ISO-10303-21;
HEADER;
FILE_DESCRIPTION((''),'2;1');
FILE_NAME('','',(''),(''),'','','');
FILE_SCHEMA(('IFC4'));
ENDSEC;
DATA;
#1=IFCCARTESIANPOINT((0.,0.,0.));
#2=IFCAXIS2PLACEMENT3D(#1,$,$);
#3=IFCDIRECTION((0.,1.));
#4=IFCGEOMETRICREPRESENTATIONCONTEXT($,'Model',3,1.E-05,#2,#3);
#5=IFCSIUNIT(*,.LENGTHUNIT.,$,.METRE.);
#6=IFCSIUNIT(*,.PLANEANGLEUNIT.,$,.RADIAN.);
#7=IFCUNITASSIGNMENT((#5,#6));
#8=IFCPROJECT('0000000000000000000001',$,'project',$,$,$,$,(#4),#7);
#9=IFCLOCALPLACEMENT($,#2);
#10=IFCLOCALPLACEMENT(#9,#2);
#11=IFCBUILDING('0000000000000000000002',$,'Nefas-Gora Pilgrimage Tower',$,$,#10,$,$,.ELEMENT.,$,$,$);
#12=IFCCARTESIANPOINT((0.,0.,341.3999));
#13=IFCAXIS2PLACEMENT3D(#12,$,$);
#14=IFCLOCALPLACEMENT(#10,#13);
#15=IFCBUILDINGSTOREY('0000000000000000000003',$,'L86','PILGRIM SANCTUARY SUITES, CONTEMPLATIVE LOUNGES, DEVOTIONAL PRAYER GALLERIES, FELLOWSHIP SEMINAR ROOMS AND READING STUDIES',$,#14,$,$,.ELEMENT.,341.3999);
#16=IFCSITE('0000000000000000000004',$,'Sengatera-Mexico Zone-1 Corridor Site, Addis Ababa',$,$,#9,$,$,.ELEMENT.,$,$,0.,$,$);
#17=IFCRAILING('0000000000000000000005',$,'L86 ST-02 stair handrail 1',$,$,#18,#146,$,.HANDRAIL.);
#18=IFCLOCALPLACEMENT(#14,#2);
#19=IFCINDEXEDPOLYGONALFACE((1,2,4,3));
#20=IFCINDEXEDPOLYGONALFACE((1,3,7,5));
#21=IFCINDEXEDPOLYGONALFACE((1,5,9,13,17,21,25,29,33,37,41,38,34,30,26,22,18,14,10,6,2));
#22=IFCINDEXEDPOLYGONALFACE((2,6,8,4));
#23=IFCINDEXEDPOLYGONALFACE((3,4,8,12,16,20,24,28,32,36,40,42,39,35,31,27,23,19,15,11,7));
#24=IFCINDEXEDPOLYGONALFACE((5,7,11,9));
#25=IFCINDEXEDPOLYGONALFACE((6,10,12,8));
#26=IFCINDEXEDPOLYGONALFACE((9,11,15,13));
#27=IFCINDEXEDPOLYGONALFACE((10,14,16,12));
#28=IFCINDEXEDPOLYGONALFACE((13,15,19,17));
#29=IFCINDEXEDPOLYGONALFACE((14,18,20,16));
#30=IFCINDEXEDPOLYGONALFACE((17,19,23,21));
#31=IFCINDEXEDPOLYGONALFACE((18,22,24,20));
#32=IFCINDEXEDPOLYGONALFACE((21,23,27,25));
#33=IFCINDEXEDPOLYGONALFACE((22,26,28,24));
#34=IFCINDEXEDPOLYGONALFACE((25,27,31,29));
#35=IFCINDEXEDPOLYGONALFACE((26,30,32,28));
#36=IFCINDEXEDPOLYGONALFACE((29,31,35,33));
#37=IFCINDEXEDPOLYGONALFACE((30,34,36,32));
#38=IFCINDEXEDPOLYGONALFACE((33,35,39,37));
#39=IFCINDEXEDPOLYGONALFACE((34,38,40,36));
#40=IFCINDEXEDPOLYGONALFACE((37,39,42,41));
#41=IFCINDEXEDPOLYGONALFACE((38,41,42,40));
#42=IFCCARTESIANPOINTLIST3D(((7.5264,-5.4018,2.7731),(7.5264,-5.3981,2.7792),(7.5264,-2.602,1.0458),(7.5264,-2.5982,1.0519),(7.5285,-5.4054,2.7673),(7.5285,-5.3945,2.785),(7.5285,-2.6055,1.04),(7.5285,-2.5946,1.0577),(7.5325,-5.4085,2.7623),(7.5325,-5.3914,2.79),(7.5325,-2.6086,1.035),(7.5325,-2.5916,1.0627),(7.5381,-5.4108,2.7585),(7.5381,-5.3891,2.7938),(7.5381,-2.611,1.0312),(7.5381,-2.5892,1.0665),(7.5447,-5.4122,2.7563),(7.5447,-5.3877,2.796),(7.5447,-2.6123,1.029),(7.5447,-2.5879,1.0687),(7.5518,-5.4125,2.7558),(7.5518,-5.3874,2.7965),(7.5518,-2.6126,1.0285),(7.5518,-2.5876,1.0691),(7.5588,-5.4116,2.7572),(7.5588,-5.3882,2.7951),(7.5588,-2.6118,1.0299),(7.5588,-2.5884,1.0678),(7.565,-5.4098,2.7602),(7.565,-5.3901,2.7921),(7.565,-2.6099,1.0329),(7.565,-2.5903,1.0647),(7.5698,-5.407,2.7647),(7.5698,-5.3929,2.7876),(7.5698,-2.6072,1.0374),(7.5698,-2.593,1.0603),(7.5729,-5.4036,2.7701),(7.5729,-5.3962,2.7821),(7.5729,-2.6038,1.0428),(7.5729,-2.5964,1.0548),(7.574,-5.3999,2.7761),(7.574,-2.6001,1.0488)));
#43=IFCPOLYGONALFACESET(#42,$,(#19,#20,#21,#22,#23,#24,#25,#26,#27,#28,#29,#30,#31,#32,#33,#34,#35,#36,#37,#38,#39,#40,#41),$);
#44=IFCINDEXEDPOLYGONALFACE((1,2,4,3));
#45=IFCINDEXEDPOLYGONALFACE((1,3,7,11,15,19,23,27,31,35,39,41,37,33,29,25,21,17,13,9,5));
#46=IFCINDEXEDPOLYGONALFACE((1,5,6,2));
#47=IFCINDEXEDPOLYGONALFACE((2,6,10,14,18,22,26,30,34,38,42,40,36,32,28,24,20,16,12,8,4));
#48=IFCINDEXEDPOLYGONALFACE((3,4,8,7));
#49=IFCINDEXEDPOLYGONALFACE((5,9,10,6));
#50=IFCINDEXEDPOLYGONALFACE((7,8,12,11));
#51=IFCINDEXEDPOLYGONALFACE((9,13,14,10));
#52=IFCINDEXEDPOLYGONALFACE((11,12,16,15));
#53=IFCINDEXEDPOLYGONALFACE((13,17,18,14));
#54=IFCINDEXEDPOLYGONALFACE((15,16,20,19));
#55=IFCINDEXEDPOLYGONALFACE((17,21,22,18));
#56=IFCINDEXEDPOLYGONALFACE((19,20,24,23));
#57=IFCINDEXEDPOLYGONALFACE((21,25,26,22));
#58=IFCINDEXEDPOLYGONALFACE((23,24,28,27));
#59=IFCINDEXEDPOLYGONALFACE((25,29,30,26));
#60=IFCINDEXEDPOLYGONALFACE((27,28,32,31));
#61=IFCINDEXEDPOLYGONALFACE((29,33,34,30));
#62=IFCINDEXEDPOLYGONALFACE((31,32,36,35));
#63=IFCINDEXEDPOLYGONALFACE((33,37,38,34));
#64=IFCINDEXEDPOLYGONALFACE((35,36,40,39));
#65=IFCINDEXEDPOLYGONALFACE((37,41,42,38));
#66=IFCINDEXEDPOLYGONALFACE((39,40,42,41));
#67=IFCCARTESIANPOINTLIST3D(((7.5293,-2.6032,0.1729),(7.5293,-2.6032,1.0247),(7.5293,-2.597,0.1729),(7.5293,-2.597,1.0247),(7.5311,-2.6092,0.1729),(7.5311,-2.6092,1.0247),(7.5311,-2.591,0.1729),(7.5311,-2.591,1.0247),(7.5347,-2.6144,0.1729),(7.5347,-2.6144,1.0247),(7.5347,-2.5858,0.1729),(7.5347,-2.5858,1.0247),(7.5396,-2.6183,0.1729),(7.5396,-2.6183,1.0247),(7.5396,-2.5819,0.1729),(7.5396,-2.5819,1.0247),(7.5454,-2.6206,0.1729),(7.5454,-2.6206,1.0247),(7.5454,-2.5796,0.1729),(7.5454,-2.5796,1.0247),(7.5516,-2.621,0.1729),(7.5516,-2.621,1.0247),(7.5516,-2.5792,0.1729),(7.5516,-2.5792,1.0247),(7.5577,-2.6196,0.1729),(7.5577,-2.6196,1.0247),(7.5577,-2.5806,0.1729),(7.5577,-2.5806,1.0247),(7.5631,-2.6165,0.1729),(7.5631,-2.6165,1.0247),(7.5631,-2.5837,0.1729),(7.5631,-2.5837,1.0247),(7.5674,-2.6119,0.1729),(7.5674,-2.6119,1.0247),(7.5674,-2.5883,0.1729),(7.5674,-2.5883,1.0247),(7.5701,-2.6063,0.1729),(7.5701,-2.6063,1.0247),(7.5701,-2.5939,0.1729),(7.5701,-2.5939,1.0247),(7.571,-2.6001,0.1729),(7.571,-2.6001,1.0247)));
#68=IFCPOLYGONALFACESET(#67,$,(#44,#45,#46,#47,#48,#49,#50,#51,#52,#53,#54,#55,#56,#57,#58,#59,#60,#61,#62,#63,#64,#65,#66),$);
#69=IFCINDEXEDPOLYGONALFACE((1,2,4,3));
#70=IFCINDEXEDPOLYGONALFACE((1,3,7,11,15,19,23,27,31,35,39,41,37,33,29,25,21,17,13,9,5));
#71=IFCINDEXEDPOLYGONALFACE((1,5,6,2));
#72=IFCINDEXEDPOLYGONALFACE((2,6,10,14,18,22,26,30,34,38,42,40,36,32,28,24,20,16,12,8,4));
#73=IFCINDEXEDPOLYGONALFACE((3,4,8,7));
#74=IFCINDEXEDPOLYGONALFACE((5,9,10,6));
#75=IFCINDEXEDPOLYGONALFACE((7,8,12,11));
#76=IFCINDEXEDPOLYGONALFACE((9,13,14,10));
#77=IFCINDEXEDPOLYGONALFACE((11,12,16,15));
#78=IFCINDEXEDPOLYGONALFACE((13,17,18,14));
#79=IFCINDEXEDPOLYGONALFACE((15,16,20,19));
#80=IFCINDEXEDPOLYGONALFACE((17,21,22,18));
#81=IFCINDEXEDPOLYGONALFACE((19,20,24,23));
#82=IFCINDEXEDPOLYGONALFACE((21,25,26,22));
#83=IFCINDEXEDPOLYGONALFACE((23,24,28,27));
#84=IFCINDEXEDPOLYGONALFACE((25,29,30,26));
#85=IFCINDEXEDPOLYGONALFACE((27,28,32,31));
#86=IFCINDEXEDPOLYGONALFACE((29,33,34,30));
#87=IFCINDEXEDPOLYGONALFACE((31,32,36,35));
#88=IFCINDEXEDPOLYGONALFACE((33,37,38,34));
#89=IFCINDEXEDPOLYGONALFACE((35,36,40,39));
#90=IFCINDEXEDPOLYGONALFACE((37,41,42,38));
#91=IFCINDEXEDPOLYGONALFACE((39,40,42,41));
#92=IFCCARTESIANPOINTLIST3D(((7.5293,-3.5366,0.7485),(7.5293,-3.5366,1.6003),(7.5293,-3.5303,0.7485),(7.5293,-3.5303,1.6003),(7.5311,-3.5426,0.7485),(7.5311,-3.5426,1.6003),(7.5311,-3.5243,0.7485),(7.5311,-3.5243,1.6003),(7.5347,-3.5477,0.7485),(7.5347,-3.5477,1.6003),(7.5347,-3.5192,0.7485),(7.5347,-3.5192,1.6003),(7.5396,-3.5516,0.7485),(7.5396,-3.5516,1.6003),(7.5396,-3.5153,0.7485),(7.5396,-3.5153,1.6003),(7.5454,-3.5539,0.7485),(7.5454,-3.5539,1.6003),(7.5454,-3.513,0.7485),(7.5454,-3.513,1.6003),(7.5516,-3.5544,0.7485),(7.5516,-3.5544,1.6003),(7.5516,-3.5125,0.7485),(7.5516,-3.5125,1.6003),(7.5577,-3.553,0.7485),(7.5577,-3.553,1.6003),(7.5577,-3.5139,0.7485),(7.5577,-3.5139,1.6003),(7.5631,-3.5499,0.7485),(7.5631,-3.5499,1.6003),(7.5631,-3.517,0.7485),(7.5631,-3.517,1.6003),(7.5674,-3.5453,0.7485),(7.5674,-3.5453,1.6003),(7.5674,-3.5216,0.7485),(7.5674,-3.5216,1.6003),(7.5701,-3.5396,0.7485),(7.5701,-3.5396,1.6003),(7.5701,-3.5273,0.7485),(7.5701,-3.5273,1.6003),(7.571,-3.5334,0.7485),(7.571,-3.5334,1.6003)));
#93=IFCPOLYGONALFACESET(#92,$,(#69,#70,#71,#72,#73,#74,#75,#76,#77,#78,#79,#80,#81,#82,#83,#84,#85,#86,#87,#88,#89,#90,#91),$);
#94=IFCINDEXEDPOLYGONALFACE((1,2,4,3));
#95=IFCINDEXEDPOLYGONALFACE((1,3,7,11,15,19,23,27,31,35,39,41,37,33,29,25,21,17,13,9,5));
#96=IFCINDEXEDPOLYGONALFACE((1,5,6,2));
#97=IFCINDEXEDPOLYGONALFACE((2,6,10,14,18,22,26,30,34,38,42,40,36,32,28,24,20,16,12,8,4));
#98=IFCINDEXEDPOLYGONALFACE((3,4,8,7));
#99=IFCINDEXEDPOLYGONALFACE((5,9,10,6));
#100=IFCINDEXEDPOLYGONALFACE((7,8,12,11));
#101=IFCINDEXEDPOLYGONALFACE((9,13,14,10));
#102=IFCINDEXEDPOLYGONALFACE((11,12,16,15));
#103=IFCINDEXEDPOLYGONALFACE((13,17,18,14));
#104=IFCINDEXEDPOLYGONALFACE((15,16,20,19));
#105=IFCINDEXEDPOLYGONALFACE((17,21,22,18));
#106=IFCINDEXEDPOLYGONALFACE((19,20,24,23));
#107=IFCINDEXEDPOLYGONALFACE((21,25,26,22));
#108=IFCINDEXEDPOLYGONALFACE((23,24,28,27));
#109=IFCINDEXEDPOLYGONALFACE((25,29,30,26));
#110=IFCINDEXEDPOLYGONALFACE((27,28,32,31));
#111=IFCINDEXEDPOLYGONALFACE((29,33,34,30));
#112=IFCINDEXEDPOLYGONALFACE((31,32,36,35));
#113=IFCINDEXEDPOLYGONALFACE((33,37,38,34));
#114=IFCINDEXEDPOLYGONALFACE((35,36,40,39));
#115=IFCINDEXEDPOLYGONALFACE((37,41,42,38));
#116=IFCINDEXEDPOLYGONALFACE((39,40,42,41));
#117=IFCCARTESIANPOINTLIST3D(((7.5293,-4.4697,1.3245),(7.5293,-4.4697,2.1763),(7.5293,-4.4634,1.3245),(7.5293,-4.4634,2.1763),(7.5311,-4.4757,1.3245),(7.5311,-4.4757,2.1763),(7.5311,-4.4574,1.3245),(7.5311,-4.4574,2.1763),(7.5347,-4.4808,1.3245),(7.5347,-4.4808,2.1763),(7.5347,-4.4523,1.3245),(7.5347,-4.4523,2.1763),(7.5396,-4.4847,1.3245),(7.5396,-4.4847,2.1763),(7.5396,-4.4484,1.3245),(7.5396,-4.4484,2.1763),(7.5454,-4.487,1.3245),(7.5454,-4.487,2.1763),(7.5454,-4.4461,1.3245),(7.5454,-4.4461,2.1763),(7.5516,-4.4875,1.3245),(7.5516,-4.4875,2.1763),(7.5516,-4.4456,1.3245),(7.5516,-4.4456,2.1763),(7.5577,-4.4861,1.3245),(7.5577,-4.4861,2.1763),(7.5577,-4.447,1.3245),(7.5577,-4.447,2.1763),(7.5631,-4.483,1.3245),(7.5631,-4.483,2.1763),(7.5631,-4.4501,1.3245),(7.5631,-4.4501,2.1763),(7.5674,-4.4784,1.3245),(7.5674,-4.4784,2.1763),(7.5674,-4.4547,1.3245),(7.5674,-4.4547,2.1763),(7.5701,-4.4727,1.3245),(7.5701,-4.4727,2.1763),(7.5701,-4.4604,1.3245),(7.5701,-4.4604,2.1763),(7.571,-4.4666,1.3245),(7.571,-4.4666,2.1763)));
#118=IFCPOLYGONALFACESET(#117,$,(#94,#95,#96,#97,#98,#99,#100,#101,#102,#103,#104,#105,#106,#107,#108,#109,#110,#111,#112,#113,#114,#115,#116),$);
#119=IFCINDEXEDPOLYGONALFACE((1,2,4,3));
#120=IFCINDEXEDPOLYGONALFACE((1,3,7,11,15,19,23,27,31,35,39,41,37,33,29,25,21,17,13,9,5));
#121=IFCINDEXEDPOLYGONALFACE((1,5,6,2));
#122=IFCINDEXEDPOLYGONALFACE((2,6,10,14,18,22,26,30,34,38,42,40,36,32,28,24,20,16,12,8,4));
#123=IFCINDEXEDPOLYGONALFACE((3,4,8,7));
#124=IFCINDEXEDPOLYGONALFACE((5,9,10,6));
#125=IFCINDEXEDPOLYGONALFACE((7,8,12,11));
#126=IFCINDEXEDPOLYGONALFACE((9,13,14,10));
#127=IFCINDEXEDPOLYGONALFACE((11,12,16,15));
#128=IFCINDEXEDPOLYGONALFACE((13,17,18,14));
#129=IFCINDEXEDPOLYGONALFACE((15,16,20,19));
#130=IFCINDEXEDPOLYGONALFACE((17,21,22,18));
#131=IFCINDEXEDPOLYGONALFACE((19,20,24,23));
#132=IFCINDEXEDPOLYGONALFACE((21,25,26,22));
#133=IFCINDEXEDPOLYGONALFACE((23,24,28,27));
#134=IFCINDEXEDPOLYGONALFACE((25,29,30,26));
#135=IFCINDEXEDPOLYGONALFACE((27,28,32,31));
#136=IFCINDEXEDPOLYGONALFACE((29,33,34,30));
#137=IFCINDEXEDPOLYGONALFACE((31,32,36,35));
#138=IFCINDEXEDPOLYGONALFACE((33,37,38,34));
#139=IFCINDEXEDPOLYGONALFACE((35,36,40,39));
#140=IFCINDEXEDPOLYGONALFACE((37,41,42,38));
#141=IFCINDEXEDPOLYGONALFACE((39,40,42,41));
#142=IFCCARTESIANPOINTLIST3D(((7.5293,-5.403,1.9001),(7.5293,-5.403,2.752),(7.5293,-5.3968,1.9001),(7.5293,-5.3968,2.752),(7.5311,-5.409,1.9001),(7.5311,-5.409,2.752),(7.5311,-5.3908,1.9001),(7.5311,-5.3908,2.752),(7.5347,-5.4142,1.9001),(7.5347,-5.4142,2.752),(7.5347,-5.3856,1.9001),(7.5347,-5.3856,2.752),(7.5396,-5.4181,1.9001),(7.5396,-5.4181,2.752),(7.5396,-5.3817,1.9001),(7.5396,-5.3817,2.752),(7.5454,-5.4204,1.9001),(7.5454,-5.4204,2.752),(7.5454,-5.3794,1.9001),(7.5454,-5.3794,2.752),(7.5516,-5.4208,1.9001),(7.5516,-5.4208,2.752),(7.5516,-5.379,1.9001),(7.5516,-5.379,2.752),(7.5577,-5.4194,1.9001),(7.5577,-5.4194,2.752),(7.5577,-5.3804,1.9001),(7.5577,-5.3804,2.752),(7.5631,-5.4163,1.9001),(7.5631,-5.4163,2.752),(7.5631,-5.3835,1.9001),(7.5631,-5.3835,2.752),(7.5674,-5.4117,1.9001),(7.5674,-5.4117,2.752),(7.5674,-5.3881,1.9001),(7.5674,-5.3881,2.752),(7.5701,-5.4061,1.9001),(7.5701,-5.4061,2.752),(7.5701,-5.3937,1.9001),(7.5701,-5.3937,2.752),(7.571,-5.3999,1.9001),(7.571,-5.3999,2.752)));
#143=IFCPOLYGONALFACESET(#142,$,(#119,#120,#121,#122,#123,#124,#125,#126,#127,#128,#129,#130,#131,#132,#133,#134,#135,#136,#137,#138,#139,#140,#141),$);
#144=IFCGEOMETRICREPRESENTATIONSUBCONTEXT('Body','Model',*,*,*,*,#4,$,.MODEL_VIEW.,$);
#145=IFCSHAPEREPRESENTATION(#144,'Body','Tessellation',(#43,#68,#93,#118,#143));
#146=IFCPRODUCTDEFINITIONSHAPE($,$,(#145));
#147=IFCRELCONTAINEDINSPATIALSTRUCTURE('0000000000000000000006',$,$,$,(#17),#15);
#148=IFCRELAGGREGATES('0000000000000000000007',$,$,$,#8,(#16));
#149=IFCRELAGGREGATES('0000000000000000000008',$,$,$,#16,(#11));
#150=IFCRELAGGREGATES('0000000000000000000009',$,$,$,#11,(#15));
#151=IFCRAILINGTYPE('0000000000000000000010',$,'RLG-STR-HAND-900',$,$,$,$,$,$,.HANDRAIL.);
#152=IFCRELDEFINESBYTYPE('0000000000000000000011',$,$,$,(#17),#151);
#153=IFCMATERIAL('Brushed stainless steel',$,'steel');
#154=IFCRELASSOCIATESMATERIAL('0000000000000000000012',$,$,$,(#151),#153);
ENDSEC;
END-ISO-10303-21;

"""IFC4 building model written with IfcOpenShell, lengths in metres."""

from ifc_helpers import new_model, si_unit, direction, frame, origin, origin_2d, place, context, subcontext, project, spatial, circle, extrude, material, type_object, element, save


model = new_model("IFC4")

# Units and contexts
model_context = context("Model", 3, precision=1e-05, world=origin(), true_north=direction((0.0, 1.0)))
body_context = subcontext(model_context, "Body", "Model", "MODEL_VIEW")
ifc_project = project(units=[si_unit("LENGTHUNIT", "METRE"), si_unit("PLANEANGLEUNIT", "RADIAN")], contexts=[model_context])

# Site, building, storey
site_placement = place(None, origin())
site = spatial("IfcSite", under=ifc_project, at=site_placement, Name="Sengatera-Mexico Zone-1 Corridor Site, Addis Ababa", CompositionType="ELEMENT", RefElevation=0.0)
building_placement = place(site_placement, origin())
building = spatial("IfcBuilding", under=site, at=building_placement, Name="Nefas-Gora Pilgrimage Tower", CompositionType="ELEMENT")
storey_placement = place(building_placement, frame((0.0, 0.0, 341.3999)))
storey = spatial("IfcBuildingStorey", under=building, at=storey_placement, Name="L86", Description="PILGRIM SANCTUARY SUITES, CONTEMPLATIVE LOUNGES, DEVOTIONAL PRAYER GALLERIES, FELLOWSHIP SEMINAR ROOMS AND READING STUDIES", CompositionType="ELEMENT", Elevation=341.3999)

# Railing
ifc_material_1 = material(Name="Brushed stainless steel", Category="steel")
railing_type_1 = type_object("IfcRailingType", Name="RLG-STR-HAND-900", PredefinedType="HANDRAIL", material=ifc_material_1)
railing_1_placement = place(storey_placement, frame((7.55, -2.6001, 0.1729)))
element("IfcRailing", 1, at=railing_1_placement, inside=storey, type_object=railing_type_1, Name="L86 ST-02 stair handrail 1", PredefinedType="HANDRAIL", context=body_context, shape_type="SweptSolid", body=[
    extrude(circle(Radius=0.0239, at=origin_2d()), frame((0.0, 0.0, 0.876), z_axis=(0.0, -0.851069, 0.525054), x_axis=(1.0, 0.0, 0.0)), (0.0, 0.0, 1.0), 3.2898),
    extrude(circle(Radius=0.021, at=origin_2d()), origin(), (0.0, 0.0, 1.0), 0.8518),
    extrude(circle(Radius=0.021, at=origin_2d()), frame((0.0, -0.9333, 0.5757)), (0.0, 0.0, 1.0), 0.8518),
    extrude(circle(Radius=0.021, at=origin_2d()), frame((0.0, -1.8665, 1.1516)), (0.0, 0.0, 1.0), 0.8518),
    extrude(circle(Radius=0.021, at=origin_2d()), frame((0.0, -2.7998, 1.7273)), (0.0, 0.0, 1.0), 0.8518),
])

save(model, "model.ifc")
